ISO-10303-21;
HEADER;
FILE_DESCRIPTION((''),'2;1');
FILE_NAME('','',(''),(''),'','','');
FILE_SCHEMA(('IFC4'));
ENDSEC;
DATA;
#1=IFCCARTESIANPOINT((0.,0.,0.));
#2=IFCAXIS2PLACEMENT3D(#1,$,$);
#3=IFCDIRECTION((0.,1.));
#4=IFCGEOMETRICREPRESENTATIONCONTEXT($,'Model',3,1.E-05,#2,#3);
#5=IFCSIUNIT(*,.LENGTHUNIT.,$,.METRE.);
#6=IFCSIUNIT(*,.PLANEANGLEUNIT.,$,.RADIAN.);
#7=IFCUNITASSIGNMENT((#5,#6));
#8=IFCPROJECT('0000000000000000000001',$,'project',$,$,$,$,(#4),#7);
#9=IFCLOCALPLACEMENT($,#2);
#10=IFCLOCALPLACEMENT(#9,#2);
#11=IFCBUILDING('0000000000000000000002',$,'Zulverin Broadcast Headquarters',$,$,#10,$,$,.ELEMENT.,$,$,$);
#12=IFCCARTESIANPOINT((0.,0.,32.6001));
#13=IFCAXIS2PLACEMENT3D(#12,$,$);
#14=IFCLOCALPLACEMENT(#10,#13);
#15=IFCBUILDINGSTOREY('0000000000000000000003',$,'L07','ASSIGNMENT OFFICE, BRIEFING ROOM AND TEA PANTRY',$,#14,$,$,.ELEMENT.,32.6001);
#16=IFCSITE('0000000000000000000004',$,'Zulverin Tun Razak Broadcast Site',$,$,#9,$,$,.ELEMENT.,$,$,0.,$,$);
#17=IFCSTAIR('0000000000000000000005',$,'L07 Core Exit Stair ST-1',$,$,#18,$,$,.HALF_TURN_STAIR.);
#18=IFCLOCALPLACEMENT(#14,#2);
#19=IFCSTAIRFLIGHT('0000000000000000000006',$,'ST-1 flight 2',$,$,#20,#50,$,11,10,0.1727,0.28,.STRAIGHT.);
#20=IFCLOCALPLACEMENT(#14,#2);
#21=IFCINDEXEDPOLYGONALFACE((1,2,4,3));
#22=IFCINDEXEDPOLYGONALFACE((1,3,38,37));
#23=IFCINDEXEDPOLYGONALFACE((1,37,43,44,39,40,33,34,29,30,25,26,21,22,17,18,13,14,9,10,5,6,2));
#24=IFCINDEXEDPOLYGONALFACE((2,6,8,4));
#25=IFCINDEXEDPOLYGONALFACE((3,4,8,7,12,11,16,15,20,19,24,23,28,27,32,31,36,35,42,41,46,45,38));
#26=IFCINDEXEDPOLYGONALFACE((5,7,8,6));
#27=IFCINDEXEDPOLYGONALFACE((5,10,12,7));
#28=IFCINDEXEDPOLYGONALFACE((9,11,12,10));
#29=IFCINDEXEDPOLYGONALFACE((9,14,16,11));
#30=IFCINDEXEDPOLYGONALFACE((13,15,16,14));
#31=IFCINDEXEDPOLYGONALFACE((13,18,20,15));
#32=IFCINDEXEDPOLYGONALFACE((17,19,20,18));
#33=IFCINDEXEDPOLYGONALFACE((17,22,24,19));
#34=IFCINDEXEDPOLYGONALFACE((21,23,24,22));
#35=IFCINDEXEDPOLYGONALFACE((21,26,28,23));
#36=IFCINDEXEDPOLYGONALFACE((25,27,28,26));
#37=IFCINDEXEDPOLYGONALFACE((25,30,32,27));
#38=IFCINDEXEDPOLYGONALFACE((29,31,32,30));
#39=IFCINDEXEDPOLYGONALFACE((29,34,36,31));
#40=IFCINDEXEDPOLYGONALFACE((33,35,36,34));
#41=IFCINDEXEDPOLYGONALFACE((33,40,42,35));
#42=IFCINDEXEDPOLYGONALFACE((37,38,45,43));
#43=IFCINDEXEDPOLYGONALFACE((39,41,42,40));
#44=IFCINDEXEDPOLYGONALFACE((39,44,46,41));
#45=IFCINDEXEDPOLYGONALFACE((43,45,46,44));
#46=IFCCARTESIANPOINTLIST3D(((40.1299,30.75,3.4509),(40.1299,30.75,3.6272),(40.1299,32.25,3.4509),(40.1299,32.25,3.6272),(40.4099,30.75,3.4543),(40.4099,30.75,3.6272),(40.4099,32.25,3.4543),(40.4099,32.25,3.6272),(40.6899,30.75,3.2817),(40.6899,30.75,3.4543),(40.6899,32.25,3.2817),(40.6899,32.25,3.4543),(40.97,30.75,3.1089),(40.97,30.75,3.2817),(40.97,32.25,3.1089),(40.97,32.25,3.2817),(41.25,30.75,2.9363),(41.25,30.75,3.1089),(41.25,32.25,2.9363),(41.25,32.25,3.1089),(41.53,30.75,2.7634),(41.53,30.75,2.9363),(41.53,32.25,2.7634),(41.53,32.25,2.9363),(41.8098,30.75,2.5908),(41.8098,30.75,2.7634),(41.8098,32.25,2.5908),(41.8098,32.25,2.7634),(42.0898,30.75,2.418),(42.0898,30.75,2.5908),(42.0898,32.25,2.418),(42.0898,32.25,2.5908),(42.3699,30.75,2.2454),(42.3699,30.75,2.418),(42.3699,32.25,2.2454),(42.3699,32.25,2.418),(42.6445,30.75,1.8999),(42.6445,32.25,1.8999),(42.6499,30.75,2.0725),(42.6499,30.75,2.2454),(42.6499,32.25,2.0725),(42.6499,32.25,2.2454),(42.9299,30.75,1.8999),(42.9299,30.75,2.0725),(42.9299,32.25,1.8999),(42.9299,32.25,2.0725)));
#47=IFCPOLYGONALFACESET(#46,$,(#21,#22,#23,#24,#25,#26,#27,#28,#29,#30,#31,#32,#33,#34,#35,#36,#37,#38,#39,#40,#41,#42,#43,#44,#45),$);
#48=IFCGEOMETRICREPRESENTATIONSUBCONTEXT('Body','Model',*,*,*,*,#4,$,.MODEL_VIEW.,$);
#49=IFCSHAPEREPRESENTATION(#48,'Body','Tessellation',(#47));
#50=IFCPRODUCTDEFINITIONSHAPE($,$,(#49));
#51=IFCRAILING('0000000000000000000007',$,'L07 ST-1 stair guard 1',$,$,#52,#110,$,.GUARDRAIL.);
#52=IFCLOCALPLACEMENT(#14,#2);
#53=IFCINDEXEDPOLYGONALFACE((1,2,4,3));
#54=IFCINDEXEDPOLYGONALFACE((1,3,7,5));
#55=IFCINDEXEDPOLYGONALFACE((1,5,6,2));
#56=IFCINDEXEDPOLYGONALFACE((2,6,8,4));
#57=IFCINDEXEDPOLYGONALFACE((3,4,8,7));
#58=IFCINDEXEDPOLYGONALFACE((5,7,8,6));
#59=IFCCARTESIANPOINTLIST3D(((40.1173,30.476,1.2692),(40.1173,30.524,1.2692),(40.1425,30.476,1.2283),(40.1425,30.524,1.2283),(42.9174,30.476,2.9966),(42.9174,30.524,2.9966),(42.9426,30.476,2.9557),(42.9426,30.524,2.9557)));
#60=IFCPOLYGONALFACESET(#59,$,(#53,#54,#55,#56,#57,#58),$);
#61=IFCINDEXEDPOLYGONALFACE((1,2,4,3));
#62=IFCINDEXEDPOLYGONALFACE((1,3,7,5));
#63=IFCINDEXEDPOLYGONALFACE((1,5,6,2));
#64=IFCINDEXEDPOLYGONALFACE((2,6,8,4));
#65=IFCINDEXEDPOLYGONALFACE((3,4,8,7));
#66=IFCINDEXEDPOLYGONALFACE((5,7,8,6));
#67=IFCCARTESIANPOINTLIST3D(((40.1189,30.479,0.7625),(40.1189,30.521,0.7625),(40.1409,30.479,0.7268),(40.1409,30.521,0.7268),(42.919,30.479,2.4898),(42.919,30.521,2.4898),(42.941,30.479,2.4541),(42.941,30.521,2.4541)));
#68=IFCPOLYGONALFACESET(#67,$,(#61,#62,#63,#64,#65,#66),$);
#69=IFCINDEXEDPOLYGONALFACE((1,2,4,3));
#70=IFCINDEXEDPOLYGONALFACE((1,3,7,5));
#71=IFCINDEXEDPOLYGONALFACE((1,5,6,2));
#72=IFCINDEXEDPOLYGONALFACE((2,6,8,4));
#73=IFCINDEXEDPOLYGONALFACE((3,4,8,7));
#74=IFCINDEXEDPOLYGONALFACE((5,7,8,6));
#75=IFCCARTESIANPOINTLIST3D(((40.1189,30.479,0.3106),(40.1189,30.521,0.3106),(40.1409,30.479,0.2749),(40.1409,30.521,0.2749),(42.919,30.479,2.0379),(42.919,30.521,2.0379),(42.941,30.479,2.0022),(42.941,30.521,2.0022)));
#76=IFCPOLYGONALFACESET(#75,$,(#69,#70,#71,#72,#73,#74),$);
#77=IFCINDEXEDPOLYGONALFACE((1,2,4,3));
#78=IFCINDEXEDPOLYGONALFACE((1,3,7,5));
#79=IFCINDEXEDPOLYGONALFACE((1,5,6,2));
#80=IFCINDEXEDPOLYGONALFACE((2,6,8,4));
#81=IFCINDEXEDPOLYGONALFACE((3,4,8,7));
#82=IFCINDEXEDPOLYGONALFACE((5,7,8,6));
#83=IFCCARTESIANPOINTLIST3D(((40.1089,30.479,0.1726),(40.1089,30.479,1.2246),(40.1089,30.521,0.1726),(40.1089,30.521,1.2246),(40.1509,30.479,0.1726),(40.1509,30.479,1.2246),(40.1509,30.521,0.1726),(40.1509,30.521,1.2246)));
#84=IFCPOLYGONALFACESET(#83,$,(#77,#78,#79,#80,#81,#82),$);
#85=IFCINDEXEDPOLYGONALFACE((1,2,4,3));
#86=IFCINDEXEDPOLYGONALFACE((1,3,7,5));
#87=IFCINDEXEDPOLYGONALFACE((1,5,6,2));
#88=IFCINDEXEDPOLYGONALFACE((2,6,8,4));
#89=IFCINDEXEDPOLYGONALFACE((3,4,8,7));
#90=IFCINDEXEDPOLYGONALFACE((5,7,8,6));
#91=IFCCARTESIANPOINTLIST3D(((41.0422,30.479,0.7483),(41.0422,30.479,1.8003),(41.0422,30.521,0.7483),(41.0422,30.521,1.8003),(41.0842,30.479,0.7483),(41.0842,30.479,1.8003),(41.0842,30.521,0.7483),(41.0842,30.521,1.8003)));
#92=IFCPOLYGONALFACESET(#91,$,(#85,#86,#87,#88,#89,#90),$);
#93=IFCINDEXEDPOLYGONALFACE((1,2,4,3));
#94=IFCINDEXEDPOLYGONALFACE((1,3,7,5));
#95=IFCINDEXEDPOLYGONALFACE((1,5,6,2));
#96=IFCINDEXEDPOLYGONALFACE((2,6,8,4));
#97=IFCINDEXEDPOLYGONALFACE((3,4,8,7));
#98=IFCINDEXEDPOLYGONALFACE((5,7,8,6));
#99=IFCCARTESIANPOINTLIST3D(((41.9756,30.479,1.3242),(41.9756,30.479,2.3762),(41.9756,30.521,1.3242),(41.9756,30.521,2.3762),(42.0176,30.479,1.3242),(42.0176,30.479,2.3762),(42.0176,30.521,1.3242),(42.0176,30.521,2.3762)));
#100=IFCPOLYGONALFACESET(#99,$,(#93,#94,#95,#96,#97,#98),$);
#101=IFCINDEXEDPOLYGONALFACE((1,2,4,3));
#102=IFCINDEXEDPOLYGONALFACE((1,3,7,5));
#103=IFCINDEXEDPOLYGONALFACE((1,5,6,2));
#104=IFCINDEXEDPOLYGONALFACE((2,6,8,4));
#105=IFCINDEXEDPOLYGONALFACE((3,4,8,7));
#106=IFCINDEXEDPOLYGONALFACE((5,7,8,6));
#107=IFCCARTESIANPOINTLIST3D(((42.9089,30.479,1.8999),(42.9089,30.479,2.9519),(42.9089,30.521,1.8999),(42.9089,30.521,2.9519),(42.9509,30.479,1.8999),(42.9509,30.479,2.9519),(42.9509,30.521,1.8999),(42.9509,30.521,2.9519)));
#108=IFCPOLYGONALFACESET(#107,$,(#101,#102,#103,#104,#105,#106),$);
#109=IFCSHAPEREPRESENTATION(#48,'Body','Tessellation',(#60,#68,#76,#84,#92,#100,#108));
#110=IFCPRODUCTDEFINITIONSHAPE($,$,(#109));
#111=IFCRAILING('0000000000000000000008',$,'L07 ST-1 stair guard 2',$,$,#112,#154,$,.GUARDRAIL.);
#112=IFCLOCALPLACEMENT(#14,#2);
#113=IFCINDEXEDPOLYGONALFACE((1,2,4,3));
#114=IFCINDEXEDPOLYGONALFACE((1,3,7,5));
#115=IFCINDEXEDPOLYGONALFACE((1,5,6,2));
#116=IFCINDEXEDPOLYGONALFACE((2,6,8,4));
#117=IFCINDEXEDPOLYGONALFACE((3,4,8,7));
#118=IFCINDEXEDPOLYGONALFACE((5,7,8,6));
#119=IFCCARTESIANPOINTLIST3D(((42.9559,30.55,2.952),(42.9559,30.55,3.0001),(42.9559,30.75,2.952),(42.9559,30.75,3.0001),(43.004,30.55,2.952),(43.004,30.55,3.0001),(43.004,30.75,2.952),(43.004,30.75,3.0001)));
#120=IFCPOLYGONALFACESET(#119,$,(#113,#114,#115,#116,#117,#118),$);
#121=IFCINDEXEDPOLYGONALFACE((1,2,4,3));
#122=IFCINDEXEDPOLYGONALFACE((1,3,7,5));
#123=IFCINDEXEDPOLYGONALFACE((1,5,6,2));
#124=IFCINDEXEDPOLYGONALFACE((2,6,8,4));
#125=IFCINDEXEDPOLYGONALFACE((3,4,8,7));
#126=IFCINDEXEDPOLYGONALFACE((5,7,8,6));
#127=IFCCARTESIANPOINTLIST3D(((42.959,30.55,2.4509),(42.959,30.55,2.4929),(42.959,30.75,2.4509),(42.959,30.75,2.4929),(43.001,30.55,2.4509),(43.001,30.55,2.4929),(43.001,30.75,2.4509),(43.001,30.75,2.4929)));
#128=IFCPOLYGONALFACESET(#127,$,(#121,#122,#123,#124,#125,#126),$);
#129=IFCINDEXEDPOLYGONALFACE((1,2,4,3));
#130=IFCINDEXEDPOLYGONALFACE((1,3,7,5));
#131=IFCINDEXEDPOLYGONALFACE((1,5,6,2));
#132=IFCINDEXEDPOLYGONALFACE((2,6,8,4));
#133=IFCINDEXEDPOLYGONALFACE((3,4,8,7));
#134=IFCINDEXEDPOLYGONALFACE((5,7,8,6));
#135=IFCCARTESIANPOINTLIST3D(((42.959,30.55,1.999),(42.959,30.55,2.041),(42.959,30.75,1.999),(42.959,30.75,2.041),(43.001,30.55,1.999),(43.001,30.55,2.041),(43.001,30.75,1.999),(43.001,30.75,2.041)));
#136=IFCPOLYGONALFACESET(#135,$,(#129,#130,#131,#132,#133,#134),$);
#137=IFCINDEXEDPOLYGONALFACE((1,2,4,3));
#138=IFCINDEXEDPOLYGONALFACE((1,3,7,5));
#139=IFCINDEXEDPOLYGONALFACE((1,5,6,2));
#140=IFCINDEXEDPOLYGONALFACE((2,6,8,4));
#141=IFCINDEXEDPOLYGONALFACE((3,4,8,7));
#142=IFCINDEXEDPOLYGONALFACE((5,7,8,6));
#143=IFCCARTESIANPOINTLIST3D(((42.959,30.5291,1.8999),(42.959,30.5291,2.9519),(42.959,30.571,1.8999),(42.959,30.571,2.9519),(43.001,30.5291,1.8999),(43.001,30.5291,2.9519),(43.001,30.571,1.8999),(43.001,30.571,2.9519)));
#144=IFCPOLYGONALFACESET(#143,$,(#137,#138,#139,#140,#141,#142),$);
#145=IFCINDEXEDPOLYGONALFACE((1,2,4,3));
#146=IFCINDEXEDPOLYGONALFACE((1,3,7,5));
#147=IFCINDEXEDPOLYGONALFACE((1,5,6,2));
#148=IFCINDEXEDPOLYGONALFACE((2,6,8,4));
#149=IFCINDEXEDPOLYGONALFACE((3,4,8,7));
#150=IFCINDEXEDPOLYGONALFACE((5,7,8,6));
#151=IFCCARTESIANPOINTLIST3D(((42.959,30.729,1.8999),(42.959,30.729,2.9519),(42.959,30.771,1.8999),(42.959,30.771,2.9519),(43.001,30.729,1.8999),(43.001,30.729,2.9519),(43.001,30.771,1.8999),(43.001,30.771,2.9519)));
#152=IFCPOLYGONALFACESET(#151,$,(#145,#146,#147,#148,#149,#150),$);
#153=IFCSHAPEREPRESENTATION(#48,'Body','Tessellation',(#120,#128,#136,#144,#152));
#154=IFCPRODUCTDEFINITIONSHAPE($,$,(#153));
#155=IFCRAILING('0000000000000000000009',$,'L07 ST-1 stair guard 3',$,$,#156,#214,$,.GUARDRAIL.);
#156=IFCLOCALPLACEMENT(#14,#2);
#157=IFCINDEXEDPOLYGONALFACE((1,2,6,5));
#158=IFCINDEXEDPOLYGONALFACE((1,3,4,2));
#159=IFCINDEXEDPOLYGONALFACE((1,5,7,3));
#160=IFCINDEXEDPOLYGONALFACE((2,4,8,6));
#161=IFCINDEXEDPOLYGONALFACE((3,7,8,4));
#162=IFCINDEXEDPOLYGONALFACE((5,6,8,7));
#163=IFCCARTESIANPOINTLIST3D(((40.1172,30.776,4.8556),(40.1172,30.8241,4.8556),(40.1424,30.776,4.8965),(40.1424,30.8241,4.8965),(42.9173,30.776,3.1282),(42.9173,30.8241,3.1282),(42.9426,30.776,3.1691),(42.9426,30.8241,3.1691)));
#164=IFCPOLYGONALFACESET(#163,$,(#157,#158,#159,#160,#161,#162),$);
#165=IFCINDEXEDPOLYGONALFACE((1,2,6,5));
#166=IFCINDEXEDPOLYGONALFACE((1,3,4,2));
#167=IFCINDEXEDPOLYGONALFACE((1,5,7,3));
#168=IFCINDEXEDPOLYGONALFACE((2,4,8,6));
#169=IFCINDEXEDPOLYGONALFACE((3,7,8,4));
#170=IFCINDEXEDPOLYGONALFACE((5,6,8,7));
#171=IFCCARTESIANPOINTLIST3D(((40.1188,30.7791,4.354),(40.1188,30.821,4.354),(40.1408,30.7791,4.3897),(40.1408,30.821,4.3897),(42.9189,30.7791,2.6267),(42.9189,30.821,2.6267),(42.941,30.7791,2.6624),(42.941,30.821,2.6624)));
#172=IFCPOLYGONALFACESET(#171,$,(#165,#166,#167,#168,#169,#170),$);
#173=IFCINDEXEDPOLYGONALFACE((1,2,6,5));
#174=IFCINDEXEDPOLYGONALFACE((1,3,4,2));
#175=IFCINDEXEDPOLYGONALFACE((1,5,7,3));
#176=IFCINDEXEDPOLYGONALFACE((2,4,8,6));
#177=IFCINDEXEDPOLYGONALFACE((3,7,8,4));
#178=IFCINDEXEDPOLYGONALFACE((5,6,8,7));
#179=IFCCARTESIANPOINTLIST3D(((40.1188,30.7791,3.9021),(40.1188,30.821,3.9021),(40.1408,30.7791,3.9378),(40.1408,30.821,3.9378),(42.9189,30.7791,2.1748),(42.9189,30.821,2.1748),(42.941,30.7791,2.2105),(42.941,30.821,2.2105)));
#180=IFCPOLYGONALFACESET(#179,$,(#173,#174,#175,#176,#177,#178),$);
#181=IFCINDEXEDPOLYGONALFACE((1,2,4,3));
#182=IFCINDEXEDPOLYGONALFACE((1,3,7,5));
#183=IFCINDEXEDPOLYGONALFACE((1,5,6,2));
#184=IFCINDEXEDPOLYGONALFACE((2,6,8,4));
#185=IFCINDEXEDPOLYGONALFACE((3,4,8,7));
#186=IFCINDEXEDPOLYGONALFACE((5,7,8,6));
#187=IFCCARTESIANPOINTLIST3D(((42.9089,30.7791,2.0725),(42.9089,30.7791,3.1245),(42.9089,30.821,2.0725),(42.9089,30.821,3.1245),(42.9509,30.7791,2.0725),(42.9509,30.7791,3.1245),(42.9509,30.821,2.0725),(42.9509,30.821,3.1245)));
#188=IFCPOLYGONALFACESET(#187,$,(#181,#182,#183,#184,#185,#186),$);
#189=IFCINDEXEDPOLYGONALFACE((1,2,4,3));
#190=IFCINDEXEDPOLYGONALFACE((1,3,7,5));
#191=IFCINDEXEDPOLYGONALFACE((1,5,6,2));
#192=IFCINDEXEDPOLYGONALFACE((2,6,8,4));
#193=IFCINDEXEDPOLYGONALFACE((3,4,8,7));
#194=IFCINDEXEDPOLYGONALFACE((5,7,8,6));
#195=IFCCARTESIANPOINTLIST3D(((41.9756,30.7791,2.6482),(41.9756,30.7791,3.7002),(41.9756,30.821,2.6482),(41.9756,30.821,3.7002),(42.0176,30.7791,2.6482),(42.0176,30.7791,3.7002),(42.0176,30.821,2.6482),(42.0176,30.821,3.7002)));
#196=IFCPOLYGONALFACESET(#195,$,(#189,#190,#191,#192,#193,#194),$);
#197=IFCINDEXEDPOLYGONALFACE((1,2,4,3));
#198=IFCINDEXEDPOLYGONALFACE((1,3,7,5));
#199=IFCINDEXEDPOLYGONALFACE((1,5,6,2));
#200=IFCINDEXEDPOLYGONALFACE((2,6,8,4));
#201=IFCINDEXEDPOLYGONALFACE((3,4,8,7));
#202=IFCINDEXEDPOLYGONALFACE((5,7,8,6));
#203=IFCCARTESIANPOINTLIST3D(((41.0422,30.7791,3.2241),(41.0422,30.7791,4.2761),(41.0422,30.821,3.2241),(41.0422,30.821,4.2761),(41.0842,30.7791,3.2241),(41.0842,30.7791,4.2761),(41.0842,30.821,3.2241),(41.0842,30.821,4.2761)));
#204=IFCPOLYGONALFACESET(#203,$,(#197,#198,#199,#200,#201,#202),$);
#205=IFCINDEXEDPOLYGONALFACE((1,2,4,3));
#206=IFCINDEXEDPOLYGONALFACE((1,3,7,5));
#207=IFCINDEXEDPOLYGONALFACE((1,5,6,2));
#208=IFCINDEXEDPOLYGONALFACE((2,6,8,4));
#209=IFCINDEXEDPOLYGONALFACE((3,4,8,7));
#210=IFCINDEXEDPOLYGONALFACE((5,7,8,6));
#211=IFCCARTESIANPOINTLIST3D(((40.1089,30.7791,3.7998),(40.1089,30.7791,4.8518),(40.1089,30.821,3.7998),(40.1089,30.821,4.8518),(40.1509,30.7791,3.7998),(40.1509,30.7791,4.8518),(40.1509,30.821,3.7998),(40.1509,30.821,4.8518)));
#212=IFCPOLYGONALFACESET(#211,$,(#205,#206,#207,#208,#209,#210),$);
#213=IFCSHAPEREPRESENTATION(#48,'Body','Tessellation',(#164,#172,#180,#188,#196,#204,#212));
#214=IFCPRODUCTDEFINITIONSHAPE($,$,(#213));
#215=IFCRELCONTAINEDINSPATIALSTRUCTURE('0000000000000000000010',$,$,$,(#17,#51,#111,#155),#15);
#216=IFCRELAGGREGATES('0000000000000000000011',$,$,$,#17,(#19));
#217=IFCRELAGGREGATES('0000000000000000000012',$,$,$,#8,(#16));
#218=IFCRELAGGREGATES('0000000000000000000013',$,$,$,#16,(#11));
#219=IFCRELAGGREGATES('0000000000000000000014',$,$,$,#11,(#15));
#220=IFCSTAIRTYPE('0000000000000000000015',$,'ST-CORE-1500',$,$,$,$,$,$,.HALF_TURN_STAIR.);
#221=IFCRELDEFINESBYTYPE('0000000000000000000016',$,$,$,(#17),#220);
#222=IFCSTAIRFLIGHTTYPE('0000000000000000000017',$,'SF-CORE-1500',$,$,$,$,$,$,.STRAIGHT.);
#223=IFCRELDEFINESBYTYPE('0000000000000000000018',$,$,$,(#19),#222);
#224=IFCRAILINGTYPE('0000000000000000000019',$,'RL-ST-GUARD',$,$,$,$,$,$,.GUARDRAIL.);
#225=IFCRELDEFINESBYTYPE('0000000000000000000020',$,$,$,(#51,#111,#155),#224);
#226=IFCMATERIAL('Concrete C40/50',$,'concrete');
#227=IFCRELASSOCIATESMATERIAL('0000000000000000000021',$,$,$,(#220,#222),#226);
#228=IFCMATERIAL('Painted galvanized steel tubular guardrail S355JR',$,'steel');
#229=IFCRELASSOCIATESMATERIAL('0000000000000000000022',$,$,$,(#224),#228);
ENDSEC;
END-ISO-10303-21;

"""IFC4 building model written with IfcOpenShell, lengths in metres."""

from ifc_helpers import new_model, si_unit, direction, frame, origin, origin_2d, place, context, subcontext, project, spatial, polyline, rectangle, outline, extrude, material, type_object, element, aggregate, save


model = new_model("IFC4")

# Units and contexts
model_context = context("Model", 3, precision=1e-05, world=origin(), true_north=direction((0.0, 1.0)))
body_context = subcontext(model_context, "Body", "Model", "MODEL_VIEW")
ifc_project = project(units=[si_unit("LENGTHUNIT", "METRE"), si_unit("PLANEANGLEUNIT", "RADIAN")], contexts=[model_context])

# Site, building, storey
site_placement = place(None, origin())
site = spatial("IfcSite", under=ifc_project, at=site_placement, Name="Zulverin Tun Razak Broadcast Site", CompositionType="ELEMENT", RefElevation=0.0)
building_placement = place(site_placement, origin())
building = spatial("IfcBuilding", under=site, at=building_placement, Name="Zulverin Broadcast Headquarters", CompositionType="ELEMENT")
storey_placement = place(building_placement, frame((0.0, 0.0, 32.6001)))
storey = spatial("IfcBuildingStorey", under=building, at=storey_placement, Name="L07", Description="ASSIGNMENT OFFICE, BRIEFING ROOM AND TEA PANTRY", CompositionType="ELEMENT", Elevation=32.6001)

# Shared definitions
ifc_material_1 = material(Name="Concrete C40/50", Category="concrete")

# Stair, stair flight
stair_type = type_object("IfcStairType", Name="ST-CORE-1500", PredefinedType="HALF_TURN_STAIR", material=ifc_material_1)
stair_placement = place(storey_placement, origin())
stair = element("IfcStair", 1, at=stair_placement, inside=storey, type_object=stair_type, Name="L07 Core Exit Stair ST-1", PredefinedType="HALF_TURN_STAIR")
stair_flight_type = type_object("IfcStairFlightType", Name="SF-CORE-1500", PredefinedType="STRAIGHT", material=ifc_material_1)
stair_flight_1_placement = place(storey_placement, frame((42.9299, 31.5, 1.8999), z_axis=(0.0, 0.0, 1.0), x_axis=(-1.0, 0.0, 0.0)))
stair_flight_1 = element("IfcStairFlight", 2, at=stair_flight_1_placement, type_object=stair_flight_type, Name="ST-1 flight 2", NumberOfRisers=11, NumberOfTreads=10, PredefinedType="STRAIGHT", RiserHeight=0.1727, TreadLength=0.28, context=body_context, shape_type="SweptSolid", body=[
    extrude(outline(polyline([(0.0, 0.0), (0.0, 0.1726), (0.28, 0.1726), (0.28, 0.3455), (0.5601, 0.3455), (0.5601, 0.5181), (0.8401, 0.5181), (0.8401, 0.6909), (1.1201, 0.6909), (1.1201, 0.8635), (1.3999, 0.8635), (1.3999, 1.0364), (1.6799, 1.0364), (1.6799, 1.209), (1.96, 1.209), (1.96, 1.3818), (2.24, 1.3818), (2.24, 1.5544), (2.52, 1.5544), (2.52, 1.7273), (2.8, 1.7273), (2.8, 1.8999), (2.8, 1.551), (0.2854, 0.0), (0.0, 0.0)])), frame((0.0, 0.75, 0.0), z_axis=(0.0, -1.0, 0.0), x_axis=(1.0, 0.0, 0.0)), (0.0, 0.0, 1.0), 1.5),
])
aggregate(stair, [stair_flight_1])

# Railings
ifc_material_2 = material(Name="Painted galvanized steel tubular guardrail S355JR", Category="steel")
railing_type_1 = type_object("IfcRailingType", Name="RL-ST-GUARD", PredefinedType="GUARDRAIL", material=ifc_material_2)
railing_1_placement = place(storey_placement, frame((40.1299, 30.5, 0.1726)))
element("IfcRailing", 3, at=railing_1_placement, inside=storey, type_object=railing_type_1, Name="L07 ST-1 stair guard 1", PredefinedType="GUARDRAIL", context=body_context, shape_type="SweptSolid", body=[
    extrude(rectangle(XDim=0.0481, YDim=0.0481, at=origin_2d()), frame((0.0, 0.0, 1.0762), z_axis=(0.85109, 0.0, 0.52502), x_axis=(0.0, 1.0, 0.0)), (0.0, 0.0, 1.0), 3.29),
    extrude(rectangle(XDim=0.042, YDim=0.042, at=origin_2d()), frame((0.0, 0.0, 0.572), z_axis=(0.85109, 0.0, 0.52502), x_axis=(0.0, 1.0, 0.0)), (0.0, 0.0, 1.0), 3.29),
    extrude(rectangle(XDim=0.042, YDim=0.042, at=origin_2d()), frame((0.0, 0.0, 0.1201), z_axis=(0.85109, 0.0, 0.52502), x_axis=(0.0, 1.0, 0.0)), (0.0, 0.0, 1.0), 3.29),
    extrude(rectangle(XDim=0.042, YDim=0.042, at=origin_2d()), origin(), (0.0, 0.0, 1.0), 1.052),
    extrude(rectangle(XDim=0.042, YDim=0.042, at=origin_2d()), frame((0.9333, 0.0, 0.5757)), (0.0, 0.0, 1.0), 1.052),
    extrude(rectangle(XDim=0.042, YDim=0.042, at=origin_2d()), frame((1.8667, 0.0, 1.1516)), (0.0, 0.0, 1.0), 1.052),
    extrude(rectangle(XDim=0.042, YDim=0.042, at=origin_2d()), frame((2.8, 0.0, 1.7273)), (0.0, 0.0, 1.0), 1.052),
])
railing_2_placement = place(storey_placement, frame((42.98, 30.55, 1.8999)))
element("IfcRailing", 4, at=railing_2_placement, inside=storey, type_object=railing_type_1, Name="L07 ST-1 stair guard 2", PredefinedType="GUARDRAIL", context=body_context, shape_type="SweptSolid", body=[
    extrude(rectangle(XDim=0.0481, YDim=0.0481, at=origin_2d()), frame((0.0, 0.0, 1.0762), z_axis=(0.0, 1.0, 0.0), x_axis=(-1.0, 0.0, 0.0)), (0.0, 0.0, 1.0), 0.2),
    extrude(rectangle(XDim=0.042, YDim=0.042, at=origin_2d()), frame((0.0, 0.0, 0.572), z_axis=(0.0, 1.0, 0.0), x_axis=(-1.0, 0.0, 0.0)), (0.0, 0.0, 1.0), 0.2),
    extrude(rectangle(XDim=0.042, YDim=0.042, at=origin_2d()), frame((0.0, 0.0, 0.1201), z_axis=(0.0, 1.0, 0.0), x_axis=(-1.0, 0.0, 0.0)), (0.0, 0.0, 1.0), 0.2),
    extrude(rectangle(XDim=0.042, YDim=0.042, at=origin_2d()), origin(), (0.0, 0.0, 1.0), 1.052),
    extrude(rectangle(XDim=0.042, YDim=0.042, at=origin_2d()), frame((0.0, 0.2, 0.0)), (0.0, 0.0, 1.0), 1.052),
])
railing_3_placement = place(storey_placement, frame((42.9299, 30.8, 2.0725)))
element("IfcRailing", 5, at=railing_3_placement, inside=storey, type_object=railing_type_1, Name="L07 ST-1 stair guard 3", PredefinedType="GUARDRAIL", context=body_context, shape_type="SweptSolid", body=[
    extrude(rectangle(XDim=0.0481, YDim=0.0481, at=origin_2d()), frame((0.0, 0.0, 1.0762), z_axis=(-0.85109, 0.0, 0.52502), x_axis=(0.0, -1.0, 0.0)), (0.0, 0.0, 1.0), 3.29),
    extrude(rectangle(XDim=0.042, YDim=0.042, at=origin_2d()), frame((0.0, 0.0, 0.572), z_axis=(-0.85109, 0.0, 0.52502), x_axis=(0.0, -1.0, 0.0)), (0.0, 0.0, 1.0), 3.29),
    extrude(rectangle(XDim=0.042, YDim=0.042, at=origin_2d()), frame((0.0, 0.0, 0.1201), z_axis=(-0.85109, 0.0, 0.52502), x_axis=(0.0, -1.0, 0.0)), (0.0, 0.0, 1.0), 3.29),
    extrude(rectangle(XDim=0.042, YDim=0.042, at=origin_2d()), origin(), (0.0, 0.0, 1.0), 1.052),
    extrude(rectangle(XDim=0.042, YDim=0.042, at=origin_2d()), frame((-0.9333, 0.0, 0.5757)), (0.0, 0.0, 1.0), 1.052),
    extrude(rectangle(XDim=0.042, YDim=0.042, at=origin_2d()), frame((-1.8667, 0.0, 1.1516)), (0.0, 0.0, 1.0), 1.052),
    extrude(rectangle(XDim=0.042, YDim=0.042, at=origin_2d()), frame((-2.8, 0.0, 1.7273)), (0.0, 0.0, 1.0), 1.052),
])

save(model, "model.ifc")
